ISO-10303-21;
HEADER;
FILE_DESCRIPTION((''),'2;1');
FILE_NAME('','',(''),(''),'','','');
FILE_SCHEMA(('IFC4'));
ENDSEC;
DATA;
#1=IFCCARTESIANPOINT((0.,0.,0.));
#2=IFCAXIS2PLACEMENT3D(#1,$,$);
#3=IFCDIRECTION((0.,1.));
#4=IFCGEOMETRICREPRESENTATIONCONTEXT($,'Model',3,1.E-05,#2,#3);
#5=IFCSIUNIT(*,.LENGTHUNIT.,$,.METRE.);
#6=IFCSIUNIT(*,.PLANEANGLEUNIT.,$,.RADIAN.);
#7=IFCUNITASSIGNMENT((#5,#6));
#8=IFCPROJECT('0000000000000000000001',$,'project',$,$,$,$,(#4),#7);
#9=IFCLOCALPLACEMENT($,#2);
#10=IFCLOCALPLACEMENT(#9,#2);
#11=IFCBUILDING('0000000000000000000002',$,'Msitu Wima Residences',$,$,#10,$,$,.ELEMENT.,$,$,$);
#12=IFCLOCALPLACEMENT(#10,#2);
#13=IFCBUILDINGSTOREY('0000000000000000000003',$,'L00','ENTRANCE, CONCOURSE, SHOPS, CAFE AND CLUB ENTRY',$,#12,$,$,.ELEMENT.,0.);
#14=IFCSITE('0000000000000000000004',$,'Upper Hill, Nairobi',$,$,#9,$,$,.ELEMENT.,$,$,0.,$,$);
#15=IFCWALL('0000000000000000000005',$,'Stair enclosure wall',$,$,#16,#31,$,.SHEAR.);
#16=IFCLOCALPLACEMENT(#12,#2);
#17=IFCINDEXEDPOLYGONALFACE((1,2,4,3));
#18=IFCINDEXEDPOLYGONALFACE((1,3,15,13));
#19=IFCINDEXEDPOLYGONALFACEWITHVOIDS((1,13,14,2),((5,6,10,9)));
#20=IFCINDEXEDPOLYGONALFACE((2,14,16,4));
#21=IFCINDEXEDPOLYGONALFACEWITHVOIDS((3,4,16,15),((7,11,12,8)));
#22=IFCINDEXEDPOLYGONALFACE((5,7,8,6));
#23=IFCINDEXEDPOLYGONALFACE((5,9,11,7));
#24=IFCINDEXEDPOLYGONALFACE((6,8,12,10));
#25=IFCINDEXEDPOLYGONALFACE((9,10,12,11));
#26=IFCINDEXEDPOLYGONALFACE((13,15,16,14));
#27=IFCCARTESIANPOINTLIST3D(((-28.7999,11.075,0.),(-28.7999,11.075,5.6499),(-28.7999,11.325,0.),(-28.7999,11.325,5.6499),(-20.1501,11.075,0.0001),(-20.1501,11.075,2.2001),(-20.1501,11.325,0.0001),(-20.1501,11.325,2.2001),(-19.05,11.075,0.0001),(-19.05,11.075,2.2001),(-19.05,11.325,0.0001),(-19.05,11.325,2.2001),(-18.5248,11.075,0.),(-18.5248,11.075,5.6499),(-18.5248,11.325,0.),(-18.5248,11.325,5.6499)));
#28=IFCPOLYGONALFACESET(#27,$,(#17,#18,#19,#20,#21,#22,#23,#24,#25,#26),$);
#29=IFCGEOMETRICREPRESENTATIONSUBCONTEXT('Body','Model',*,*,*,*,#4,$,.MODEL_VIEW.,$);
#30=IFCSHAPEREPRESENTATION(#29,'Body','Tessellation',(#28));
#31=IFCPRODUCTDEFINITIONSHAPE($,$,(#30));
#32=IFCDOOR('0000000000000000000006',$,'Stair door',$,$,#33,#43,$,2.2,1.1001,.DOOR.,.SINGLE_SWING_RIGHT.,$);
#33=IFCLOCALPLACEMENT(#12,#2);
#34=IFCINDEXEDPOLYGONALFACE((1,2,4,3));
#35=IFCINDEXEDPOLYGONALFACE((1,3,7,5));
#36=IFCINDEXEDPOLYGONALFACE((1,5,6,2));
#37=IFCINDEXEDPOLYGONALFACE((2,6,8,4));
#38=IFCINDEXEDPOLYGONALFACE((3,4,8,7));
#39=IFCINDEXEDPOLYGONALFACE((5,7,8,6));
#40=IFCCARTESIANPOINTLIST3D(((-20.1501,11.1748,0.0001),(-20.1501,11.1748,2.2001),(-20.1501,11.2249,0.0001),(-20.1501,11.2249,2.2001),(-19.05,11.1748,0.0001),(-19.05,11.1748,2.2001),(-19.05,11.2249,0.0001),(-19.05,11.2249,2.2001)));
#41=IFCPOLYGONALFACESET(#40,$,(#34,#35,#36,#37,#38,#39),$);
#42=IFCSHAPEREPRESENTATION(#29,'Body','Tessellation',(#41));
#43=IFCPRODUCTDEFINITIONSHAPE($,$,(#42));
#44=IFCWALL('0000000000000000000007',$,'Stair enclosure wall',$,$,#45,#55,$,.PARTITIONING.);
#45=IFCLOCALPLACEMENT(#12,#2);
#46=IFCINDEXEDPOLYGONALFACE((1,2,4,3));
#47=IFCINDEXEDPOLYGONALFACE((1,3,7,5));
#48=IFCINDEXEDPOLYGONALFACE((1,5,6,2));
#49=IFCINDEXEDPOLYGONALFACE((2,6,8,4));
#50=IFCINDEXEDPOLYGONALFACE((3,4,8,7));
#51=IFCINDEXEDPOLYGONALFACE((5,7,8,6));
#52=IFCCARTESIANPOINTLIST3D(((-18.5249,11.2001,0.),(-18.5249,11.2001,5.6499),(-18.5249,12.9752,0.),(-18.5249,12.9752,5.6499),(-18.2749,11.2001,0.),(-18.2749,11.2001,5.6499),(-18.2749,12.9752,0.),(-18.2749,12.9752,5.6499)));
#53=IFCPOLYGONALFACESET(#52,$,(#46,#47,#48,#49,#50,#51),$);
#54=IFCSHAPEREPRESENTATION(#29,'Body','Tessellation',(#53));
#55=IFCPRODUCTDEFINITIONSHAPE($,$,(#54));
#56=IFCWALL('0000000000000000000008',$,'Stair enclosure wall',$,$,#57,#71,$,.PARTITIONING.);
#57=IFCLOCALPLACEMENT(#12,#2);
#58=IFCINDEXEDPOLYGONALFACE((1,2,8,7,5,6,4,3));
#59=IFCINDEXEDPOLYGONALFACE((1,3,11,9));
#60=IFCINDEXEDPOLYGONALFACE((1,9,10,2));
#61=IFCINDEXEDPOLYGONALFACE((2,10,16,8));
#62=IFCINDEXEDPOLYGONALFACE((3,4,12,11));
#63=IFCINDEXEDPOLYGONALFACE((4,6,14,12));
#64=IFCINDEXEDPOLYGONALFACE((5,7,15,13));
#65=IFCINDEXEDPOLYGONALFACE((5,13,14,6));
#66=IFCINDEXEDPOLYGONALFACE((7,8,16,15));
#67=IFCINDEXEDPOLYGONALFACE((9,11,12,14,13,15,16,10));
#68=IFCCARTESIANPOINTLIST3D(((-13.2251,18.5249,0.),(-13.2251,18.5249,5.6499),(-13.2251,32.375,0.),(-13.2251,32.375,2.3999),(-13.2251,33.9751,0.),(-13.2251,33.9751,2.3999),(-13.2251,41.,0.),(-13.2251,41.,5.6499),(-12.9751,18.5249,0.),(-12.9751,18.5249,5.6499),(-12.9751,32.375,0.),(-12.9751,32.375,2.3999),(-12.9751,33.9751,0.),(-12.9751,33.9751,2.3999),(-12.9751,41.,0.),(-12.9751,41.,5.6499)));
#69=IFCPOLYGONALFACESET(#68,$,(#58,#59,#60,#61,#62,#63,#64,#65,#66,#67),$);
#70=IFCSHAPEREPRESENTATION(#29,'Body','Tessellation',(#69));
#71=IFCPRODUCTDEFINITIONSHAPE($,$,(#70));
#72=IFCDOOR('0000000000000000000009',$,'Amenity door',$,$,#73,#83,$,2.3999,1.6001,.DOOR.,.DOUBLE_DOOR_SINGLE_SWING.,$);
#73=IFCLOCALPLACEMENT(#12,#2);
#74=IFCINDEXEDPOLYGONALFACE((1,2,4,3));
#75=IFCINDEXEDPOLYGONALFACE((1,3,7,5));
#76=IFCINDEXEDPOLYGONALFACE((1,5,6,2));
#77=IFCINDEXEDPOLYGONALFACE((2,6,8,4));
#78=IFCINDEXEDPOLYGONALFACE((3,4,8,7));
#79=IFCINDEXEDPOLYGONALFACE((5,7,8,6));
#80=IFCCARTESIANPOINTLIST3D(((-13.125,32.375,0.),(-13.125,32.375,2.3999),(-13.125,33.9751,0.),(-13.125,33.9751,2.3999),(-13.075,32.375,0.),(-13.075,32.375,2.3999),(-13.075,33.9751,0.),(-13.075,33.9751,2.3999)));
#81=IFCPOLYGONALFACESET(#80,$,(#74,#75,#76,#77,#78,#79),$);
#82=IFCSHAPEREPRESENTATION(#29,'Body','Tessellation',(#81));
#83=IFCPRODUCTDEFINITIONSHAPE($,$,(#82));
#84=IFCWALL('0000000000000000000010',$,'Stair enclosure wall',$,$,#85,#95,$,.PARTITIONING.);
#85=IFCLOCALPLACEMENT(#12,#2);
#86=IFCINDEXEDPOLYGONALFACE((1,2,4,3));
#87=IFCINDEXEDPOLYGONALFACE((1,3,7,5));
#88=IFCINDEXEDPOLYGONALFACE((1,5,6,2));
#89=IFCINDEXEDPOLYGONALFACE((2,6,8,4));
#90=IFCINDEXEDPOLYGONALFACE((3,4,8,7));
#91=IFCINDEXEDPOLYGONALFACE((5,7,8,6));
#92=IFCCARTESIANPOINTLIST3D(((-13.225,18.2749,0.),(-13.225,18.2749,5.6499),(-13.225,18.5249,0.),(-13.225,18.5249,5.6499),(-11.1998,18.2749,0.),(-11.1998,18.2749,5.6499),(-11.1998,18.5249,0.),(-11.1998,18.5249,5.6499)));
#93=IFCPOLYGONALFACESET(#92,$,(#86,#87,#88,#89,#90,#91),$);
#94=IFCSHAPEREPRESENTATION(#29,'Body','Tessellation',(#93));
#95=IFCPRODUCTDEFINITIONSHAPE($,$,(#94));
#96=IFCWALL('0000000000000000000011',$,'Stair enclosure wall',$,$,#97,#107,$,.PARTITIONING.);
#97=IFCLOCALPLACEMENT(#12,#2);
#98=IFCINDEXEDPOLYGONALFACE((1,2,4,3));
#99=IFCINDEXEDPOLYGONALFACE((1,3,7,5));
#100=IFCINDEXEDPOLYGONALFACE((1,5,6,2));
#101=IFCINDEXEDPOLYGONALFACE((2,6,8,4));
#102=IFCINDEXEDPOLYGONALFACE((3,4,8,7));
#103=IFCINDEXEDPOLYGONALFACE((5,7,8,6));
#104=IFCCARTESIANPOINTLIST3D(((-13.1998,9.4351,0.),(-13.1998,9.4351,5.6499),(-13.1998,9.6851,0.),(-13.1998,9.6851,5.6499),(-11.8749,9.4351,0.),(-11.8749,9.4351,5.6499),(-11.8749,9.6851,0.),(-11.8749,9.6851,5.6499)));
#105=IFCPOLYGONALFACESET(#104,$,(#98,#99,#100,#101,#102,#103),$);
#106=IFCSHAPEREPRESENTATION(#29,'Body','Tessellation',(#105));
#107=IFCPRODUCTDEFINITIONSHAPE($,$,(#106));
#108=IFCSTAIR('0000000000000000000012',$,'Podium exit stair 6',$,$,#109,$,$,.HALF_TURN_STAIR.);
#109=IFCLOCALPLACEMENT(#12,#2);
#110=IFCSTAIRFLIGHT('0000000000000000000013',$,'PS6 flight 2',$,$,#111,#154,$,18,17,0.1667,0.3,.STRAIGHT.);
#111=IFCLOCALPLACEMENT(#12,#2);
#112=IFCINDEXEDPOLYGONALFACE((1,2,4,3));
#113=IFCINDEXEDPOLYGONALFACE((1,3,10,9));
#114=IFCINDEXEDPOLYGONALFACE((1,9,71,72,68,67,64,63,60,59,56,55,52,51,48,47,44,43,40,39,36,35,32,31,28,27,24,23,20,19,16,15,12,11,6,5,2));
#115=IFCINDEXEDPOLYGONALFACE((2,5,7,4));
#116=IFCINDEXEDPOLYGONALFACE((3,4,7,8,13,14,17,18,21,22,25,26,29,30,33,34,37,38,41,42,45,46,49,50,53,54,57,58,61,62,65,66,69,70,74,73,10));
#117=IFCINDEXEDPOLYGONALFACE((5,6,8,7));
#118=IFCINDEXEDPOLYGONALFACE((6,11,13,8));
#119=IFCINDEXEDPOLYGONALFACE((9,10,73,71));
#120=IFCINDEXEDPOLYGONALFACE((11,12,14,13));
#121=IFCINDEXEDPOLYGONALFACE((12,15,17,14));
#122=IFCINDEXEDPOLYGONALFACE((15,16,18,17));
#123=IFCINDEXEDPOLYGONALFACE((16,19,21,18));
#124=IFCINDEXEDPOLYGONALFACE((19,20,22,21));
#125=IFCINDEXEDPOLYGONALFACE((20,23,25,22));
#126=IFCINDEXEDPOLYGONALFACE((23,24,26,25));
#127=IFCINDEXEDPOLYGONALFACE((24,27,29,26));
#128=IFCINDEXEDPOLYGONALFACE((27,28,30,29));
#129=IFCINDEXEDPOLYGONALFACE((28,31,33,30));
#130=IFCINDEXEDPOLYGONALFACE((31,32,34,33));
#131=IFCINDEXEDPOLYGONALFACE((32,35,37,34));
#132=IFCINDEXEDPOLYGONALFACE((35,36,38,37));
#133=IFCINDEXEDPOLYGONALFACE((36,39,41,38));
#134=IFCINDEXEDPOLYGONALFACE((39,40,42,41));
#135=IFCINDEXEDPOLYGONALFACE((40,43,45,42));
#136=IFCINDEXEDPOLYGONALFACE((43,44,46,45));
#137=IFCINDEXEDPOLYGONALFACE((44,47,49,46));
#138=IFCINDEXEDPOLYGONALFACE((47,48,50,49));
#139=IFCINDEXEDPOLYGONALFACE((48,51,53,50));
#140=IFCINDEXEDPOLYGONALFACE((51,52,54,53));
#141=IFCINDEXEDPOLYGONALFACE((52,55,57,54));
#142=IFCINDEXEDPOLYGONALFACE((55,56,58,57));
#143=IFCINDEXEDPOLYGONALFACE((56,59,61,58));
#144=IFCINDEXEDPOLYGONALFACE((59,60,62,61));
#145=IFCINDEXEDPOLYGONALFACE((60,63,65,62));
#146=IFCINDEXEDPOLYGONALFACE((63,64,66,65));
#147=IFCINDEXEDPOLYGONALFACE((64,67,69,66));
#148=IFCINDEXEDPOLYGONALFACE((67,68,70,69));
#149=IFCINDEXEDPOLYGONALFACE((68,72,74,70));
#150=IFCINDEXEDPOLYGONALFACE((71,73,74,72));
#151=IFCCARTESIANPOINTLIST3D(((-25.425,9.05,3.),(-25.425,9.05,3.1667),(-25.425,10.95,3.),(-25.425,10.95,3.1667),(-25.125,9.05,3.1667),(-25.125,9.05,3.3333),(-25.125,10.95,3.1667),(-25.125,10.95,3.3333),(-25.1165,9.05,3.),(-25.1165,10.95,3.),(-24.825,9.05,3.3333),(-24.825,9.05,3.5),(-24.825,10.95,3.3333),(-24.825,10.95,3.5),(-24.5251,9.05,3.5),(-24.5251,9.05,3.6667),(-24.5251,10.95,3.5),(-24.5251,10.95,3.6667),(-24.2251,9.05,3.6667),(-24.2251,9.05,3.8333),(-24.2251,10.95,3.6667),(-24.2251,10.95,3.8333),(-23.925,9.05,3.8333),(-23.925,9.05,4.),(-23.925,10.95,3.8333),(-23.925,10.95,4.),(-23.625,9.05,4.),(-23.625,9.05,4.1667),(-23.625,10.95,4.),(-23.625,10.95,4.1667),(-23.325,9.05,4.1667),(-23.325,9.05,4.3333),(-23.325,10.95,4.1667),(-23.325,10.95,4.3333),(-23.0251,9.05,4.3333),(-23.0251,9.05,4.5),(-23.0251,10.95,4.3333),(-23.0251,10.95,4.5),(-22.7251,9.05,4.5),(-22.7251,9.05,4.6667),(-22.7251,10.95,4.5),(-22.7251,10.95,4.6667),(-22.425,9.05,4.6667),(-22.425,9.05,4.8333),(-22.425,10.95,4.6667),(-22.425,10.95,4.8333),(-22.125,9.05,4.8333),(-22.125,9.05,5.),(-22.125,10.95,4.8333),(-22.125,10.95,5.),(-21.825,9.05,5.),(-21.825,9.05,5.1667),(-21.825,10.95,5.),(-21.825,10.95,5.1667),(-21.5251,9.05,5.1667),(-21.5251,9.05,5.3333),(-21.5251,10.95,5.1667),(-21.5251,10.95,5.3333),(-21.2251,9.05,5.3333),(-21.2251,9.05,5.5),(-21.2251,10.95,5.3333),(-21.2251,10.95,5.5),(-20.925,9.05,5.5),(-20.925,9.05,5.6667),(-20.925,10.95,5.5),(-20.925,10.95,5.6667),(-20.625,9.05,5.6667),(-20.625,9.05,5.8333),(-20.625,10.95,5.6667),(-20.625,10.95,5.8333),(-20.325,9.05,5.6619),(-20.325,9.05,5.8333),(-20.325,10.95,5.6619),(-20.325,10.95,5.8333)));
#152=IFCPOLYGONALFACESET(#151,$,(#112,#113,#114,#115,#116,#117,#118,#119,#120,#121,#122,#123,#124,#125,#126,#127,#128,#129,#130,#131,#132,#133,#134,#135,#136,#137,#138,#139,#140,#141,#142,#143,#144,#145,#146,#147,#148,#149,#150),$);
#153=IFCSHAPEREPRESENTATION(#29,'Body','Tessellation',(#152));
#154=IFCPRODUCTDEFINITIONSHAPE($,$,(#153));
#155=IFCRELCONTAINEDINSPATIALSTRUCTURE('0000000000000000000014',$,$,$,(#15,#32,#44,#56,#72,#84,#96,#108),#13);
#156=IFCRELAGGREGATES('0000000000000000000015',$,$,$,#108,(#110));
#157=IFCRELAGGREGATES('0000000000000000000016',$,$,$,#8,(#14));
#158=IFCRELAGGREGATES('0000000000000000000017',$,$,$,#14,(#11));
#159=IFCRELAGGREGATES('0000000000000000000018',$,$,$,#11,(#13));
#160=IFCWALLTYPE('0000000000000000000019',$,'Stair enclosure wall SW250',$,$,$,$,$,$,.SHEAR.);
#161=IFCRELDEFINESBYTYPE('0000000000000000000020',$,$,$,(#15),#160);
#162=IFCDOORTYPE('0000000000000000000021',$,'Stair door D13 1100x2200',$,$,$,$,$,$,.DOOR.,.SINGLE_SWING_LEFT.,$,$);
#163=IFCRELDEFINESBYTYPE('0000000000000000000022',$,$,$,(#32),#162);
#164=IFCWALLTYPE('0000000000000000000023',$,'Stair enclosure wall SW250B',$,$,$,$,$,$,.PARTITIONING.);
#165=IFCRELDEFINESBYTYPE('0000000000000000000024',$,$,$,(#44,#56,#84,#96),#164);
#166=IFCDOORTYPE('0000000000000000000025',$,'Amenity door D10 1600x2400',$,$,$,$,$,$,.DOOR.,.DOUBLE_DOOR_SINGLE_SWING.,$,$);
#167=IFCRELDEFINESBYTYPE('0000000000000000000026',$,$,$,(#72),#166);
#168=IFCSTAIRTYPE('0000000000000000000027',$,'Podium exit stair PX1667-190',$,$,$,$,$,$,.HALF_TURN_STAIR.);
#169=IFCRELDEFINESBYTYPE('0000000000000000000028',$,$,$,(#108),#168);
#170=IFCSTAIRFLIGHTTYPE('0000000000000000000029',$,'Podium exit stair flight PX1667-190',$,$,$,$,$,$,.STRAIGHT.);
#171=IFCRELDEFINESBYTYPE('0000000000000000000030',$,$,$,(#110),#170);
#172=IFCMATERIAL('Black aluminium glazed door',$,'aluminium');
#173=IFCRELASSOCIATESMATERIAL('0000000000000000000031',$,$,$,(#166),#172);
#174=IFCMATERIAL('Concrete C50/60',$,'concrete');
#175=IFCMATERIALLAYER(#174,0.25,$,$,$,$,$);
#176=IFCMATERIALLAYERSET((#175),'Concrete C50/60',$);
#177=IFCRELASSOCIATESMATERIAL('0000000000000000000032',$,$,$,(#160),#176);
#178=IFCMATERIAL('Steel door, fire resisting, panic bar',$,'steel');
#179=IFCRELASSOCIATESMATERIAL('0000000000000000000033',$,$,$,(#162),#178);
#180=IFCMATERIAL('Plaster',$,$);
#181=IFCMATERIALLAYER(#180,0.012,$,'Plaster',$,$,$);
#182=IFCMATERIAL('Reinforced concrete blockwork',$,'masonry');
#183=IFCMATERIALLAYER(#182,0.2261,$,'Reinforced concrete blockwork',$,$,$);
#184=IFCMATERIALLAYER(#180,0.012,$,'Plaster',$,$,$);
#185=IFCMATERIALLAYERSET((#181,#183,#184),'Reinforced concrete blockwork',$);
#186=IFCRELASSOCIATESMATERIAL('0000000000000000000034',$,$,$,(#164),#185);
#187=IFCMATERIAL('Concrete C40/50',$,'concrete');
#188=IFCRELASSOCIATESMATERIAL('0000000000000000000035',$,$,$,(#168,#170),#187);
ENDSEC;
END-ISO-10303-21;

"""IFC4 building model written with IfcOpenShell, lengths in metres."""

from ifc_helpers import new_model, si_unit, direction, frame, frame_2d, origin, place, context, subcontext, project, spatial, polyline, rectangle, outline, extrude, material, layer, layer_set, type_object, element, fill, aggregate, save


model = new_model("IFC4")

# Units and contexts
model_context = context("Model", 3, precision=1e-05, world=origin(), true_north=direction((0.0, 1.0)))
body_context = subcontext(model_context, "Body", "Model", "MODEL_VIEW")
ifc_project = project(units=[si_unit("LENGTHUNIT", "METRE"), si_unit("PLANEANGLEUNIT", "RADIAN")], contexts=[model_context])

# Site, building, storey
site_placement = place(None, origin())
site = spatial("IfcSite", under=ifc_project, at=site_placement, Name="Upper Hill, Nairobi", CompositionType="ELEMENT", RefElevation=0.0)
building_placement = place(site_placement, origin())
building = spatial("IfcBuilding", under=site, at=building_placement, Name="Msitu Wima Residences", CompositionType="ELEMENT")
storey_placement = place(building_placement, origin())
storey = spatial("IfcBuildingStorey", under=building, at=storey_placement, Name="L00", Description="ENTRANCE, CONCOURSE, SHOPS, CAFE AND CLUB ENTRY", CompositionType="ELEMENT", Elevation=0.0)

# Shared definitions
ifc_material_1 = material(Name="Steel door, fire resisting, panic bar", Category="steel")

# Shared definitions
ifc_material_2 = material(Name="Plaster")

# Wall, opening, door
ifc_material_3 = material(Name="Black aluminium glazed door", Category="aluminium")
door_type_1 = type_object("IfcDoorType", Name="Amenity door D10 1600x2400", OperationType="DOUBLE_DOOR_SINGLE_SWING", PredefinedType="DOOR", material=ifc_material_3)
ifc_material_4 = material(Name="Concrete C50/60", Category="concrete")
ifc_layer_1 = layer(ifc_material_4, 0.25)
ifc_layer_set_1 = layer_set([ifc_layer_1], Name="Concrete C50/60")
wall_type_1 = type_object("IfcWallType", Name="Stair enclosure wall SW250", PredefinedType="SHEAR", material=ifc_layer_set_1)
wall_1_placement = place(storey_placement, frame((-28.8, 11.2, 0.0), z_axis=(0.0, 0.0, 1.0), x_axis=(1.0, 0.0, 0.0)))
wall_1 = element("IfcWall", 1, at=wall_1_placement, inside=storey, type_object=wall_type_1, Name="Stair enclosure wall", PredefinedType="SHEAR", context=body_context, shape_type="SweptSolid", body=[
    extrude(rectangle(XDim=10.2751, YDim=0.25, at=frame_2d((5.1377, 0.0))), origin(), (0.0, 0.0, 1.0), 5.6499),
])
opening_1_placement = place(wall_1_placement, frame((8.6499, 0.0, 0.0)))
opening_1 = element("IfcOpeningElement", 2, at=opening_1_placement, cuts=wall_1, PredefinedType="OPENING", context=body_context, shape_type="SweptSolid", body=[
    extrude(rectangle(XDim=1.1001, YDim=2.2, at=frame_2d((0.55, 1.1001))), frame((0.0, 0.135, 0.0), z_axis=(0.0, -1.0, 0.0), x_axis=(1.0, 0.0, 0.0)), (0.0, 0.0, 1.0), 0.27),
])
door_type_2 = type_object("IfcDoorType", Name="Stair door D13 1100x2200", OperationType="SINGLE_SWING_LEFT", PredefinedType="DOOR", material=ifc_material_1)
door_1_placement = place(opening_1_placement, origin())
door_1 = element("IfcDoor", 3, at=door_1_placement, inside=storey, type_object=door_type_2, Name="Stair door", OperationType="SINGLE_SWING_RIGHT", OverallHeight=2.2, OverallWidth=1.1001, PredefinedType="DOOR", context=body_context, shape_type="SweptSolid", body=[
    extrude(rectangle(XDim=1.1001, YDim=2.2, at=frame_2d((0.55, 1.1001))), frame((0.0, 0.0249, 0.0), z_axis=(0.0, -1.0, 0.0), x_axis=(1.0, 0.0, 0.0)), (0.0, 0.0, 1.0), 0.05),
])
fill(opening_1, door_1)

# Wall
ifc_layer_2 = layer(ifc_material_2, 0.012, Name="Plaster")
ifc_material_5 = material(Name="Reinforced concrete blockwork", Category="masonry")
ifc_layer_3 = layer(ifc_material_5, 0.2261, Name="Reinforced concrete blockwork")
ifc_layer_4 = layer(ifc_material_2, 0.012, Name="Plaster")
ifc_layer_set_2 = layer_set([ifc_layer_2, ifc_layer_3, ifc_layer_4], Name="Reinforced concrete blockwork")
wall_type_2 = type_object("IfcWallType", Name="Stair enclosure wall SW250B", PredefinedType="PARTITIONING", material=ifc_layer_set_2)
wall_2_placement = place(storey_placement, frame((-18.3999, 11.2, 0.0), z_axis=(0.0, 0.0, 1.0), x_axis=(0.0, 1.0, 0.0)))
element("IfcWall", 4, at=wall_2_placement, inside=storey, type_object=wall_type_2, Name="Stair enclosure wall", PredefinedType="PARTITIONING", context=body_context, shape_type="SweptSolid", body=[
    extrude(rectangle(XDim=1.7751, YDim=0.25, at=frame_2d((0.8877, 0.0))), origin(), (0.0, 0.0, 1.0), 5.6499),
])

# Wall, opening, door
wall_3_placement = place(storey_placement, frame((-13.1001, 18.5249, 0.0), z_axis=(0.0, 0.0, 1.0), x_axis=(0.0, 1.0, 0.0)))
wall_3 = element("IfcWall", 5, at=wall_3_placement, inside=storey, type_object=wall_type_2, Name="Stair enclosure wall", PredefinedType="PARTITIONING", context=body_context, shape_type="SweptSolid", body=[
    extrude(rectangle(XDim=22.4751, YDim=0.25, at=frame_2d((11.2375, 0.0))), origin(), (0.0, 0.0, 1.0), 5.6499),
])
opening_2_placement = place(wall_3_placement, frame((13.8501, 0.0, 0.0)))
opening_2 = element("IfcOpeningElement", 6, at=opening_2_placement, cuts=wall_3, PredefinedType="OPENING", context=body_context, shape_type="SweptSolid", body=[
    extrude(rectangle(XDim=1.6001, YDim=2.3999, at=frame_2d((0.8, 1.2))), frame((0.0, 0.135, 0.0), z_axis=(0.0, -1.0, 0.0), x_axis=(1.0, 0.0, 0.0)), (0.0, 0.0, 1.0), 0.27),
])
door_2_placement = place(opening_2_placement, origin())
door_2 = element("IfcDoor", 7, at=door_2_placement, inside=storey, type_object=door_type_1, Name="Amenity door", OperationType="DOUBLE_DOOR_SINGLE_SWING", OverallHeight=2.3999, OverallWidth=1.6001, PredefinedType="DOOR", context=body_context, shape_type="SweptSolid", body=[
    extrude(rectangle(XDim=1.6001, YDim=2.3999, at=frame_2d((0.8, 1.2))), frame((0.0, 0.0249, 0.0), z_axis=(0.0, -1.0, 0.0), x_axis=(1.0, 0.0, 0.0)), (0.0, 0.0, 1.0), 0.05),
])
fill(opening_2, door_2)

# Walls
wall_4_placement = place(storey_placement, frame((-13.2251, 18.3999, 0.0), z_axis=(0.0, 0.0, 1.0), x_axis=(1.0, 0.0, 0.0)))
element("IfcWall", 8, at=wall_4_placement, inside=storey, type_object=wall_type_2, Name="Stair enclosure wall", PredefinedType="PARTITIONING", context=body_context, shape_type="SweptSolid", body=[
    extrude(rectangle(XDim=2.0251, YDim=0.25, at=frame_2d((1.0127, 0.0))), origin(), (0.0, 0.0, 1.0), 5.6499),
])
wall_5_placement = place(storey_placement, frame((-13.2, 9.5601, 0.0), z_axis=(0.0, 0.0, 1.0), x_axis=(1.0, 0.0, 0.0)))
element("IfcWall", 9, at=wall_5_placement, inside=storey, type_object=wall_type_2, Name="Stair enclosure wall", PredefinedType="PARTITIONING", context=body_context, shape_type="SweptSolid", body=[
    extrude(rectangle(XDim=1.325, YDim=0.25, at=frame_2d((0.6626, 0.0))), origin(), (0.0, 0.0, 1.0), 5.6499),
])

# Stair, stair flight
ifc_material_6 = material(Name="Concrete C40/50", Category="concrete")
stair_type = type_object("IfcStairType", Name="Podium exit stair PX1667-190", PredefinedType="HALF_TURN_STAIR", material=ifc_material_6)
stair_placement = place(storey_placement, origin())
stair = element("IfcStair", 10, at=stair_placement, inside=storey, type_object=stair_type, Name="Podium exit stair 6", PredefinedType="HALF_TURN_STAIR")
stair_flight_type = type_object("IfcStairFlightType", Name="Podium exit stair flight PX1667-190", PredefinedType="STRAIGHT", material=ifc_material_6)
stair_flight_placement = place(storey_placement, frame((-25.425, 10.0, 3.0), z_axis=(0.0, 0.0, 1.0), x_axis=(1.0, 0.0, 0.0)))
stair_flight = element("IfcStairFlight", 11, at=stair_flight_placement, type_object=stair_flight_type, Name="PS6 flight 2", NumberOfRisers=18, NumberOfTreads=17, PredefinedType="STRAIGHT", RiserHeight=0.1667, TreadLength=0.3, context=body_context, shape_type="SweptSolid", body=[
    extrude(outline(polyline([(0.0, 0.0), (0.0, 0.1667), (0.3, 0.1667), (0.3, 0.3333), (0.6001, 0.3333), (0.6001, 0.5), (0.8999, 0.5), (0.8999, 0.6667), (1.2, 0.6667), (1.2, 0.8333), (1.5, 0.8333), (1.5, 1.0), (1.8, 1.0), (1.8, 1.1667), (2.1001, 1.1667), (2.1001, 1.3333), (2.3999, 1.3333), (2.3999, 1.5), (2.7, 1.5), (2.7, 1.6667), (3.0, 1.6667), (3.0, 1.8333), (3.3, 1.8333), (3.3, 2.0), (3.6001, 2.0), (3.6001, 2.1667), (3.8999, 2.1667), (3.8999, 2.3333), (4.2, 2.3333), (4.2, 2.5), (4.5, 2.5), (4.5, 2.6667), (4.8, 2.6667), (4.8, 2.8333), (5.1001, 2.8333), (5.1001, 3.0), (5.1001, 2.6619), (0.3086, 0.0), (0.0, 0.0)])), frame((0.0, 0.95, 0.0), z_axis=(0.0, -1.0, 0.0), x_axis=(1.0, 0.0, 0.0)), (0.0, 0.0, 1.0), 1.8999),
])
aggregate(stair, [stair_flight])

save(model, "model.ifc")
